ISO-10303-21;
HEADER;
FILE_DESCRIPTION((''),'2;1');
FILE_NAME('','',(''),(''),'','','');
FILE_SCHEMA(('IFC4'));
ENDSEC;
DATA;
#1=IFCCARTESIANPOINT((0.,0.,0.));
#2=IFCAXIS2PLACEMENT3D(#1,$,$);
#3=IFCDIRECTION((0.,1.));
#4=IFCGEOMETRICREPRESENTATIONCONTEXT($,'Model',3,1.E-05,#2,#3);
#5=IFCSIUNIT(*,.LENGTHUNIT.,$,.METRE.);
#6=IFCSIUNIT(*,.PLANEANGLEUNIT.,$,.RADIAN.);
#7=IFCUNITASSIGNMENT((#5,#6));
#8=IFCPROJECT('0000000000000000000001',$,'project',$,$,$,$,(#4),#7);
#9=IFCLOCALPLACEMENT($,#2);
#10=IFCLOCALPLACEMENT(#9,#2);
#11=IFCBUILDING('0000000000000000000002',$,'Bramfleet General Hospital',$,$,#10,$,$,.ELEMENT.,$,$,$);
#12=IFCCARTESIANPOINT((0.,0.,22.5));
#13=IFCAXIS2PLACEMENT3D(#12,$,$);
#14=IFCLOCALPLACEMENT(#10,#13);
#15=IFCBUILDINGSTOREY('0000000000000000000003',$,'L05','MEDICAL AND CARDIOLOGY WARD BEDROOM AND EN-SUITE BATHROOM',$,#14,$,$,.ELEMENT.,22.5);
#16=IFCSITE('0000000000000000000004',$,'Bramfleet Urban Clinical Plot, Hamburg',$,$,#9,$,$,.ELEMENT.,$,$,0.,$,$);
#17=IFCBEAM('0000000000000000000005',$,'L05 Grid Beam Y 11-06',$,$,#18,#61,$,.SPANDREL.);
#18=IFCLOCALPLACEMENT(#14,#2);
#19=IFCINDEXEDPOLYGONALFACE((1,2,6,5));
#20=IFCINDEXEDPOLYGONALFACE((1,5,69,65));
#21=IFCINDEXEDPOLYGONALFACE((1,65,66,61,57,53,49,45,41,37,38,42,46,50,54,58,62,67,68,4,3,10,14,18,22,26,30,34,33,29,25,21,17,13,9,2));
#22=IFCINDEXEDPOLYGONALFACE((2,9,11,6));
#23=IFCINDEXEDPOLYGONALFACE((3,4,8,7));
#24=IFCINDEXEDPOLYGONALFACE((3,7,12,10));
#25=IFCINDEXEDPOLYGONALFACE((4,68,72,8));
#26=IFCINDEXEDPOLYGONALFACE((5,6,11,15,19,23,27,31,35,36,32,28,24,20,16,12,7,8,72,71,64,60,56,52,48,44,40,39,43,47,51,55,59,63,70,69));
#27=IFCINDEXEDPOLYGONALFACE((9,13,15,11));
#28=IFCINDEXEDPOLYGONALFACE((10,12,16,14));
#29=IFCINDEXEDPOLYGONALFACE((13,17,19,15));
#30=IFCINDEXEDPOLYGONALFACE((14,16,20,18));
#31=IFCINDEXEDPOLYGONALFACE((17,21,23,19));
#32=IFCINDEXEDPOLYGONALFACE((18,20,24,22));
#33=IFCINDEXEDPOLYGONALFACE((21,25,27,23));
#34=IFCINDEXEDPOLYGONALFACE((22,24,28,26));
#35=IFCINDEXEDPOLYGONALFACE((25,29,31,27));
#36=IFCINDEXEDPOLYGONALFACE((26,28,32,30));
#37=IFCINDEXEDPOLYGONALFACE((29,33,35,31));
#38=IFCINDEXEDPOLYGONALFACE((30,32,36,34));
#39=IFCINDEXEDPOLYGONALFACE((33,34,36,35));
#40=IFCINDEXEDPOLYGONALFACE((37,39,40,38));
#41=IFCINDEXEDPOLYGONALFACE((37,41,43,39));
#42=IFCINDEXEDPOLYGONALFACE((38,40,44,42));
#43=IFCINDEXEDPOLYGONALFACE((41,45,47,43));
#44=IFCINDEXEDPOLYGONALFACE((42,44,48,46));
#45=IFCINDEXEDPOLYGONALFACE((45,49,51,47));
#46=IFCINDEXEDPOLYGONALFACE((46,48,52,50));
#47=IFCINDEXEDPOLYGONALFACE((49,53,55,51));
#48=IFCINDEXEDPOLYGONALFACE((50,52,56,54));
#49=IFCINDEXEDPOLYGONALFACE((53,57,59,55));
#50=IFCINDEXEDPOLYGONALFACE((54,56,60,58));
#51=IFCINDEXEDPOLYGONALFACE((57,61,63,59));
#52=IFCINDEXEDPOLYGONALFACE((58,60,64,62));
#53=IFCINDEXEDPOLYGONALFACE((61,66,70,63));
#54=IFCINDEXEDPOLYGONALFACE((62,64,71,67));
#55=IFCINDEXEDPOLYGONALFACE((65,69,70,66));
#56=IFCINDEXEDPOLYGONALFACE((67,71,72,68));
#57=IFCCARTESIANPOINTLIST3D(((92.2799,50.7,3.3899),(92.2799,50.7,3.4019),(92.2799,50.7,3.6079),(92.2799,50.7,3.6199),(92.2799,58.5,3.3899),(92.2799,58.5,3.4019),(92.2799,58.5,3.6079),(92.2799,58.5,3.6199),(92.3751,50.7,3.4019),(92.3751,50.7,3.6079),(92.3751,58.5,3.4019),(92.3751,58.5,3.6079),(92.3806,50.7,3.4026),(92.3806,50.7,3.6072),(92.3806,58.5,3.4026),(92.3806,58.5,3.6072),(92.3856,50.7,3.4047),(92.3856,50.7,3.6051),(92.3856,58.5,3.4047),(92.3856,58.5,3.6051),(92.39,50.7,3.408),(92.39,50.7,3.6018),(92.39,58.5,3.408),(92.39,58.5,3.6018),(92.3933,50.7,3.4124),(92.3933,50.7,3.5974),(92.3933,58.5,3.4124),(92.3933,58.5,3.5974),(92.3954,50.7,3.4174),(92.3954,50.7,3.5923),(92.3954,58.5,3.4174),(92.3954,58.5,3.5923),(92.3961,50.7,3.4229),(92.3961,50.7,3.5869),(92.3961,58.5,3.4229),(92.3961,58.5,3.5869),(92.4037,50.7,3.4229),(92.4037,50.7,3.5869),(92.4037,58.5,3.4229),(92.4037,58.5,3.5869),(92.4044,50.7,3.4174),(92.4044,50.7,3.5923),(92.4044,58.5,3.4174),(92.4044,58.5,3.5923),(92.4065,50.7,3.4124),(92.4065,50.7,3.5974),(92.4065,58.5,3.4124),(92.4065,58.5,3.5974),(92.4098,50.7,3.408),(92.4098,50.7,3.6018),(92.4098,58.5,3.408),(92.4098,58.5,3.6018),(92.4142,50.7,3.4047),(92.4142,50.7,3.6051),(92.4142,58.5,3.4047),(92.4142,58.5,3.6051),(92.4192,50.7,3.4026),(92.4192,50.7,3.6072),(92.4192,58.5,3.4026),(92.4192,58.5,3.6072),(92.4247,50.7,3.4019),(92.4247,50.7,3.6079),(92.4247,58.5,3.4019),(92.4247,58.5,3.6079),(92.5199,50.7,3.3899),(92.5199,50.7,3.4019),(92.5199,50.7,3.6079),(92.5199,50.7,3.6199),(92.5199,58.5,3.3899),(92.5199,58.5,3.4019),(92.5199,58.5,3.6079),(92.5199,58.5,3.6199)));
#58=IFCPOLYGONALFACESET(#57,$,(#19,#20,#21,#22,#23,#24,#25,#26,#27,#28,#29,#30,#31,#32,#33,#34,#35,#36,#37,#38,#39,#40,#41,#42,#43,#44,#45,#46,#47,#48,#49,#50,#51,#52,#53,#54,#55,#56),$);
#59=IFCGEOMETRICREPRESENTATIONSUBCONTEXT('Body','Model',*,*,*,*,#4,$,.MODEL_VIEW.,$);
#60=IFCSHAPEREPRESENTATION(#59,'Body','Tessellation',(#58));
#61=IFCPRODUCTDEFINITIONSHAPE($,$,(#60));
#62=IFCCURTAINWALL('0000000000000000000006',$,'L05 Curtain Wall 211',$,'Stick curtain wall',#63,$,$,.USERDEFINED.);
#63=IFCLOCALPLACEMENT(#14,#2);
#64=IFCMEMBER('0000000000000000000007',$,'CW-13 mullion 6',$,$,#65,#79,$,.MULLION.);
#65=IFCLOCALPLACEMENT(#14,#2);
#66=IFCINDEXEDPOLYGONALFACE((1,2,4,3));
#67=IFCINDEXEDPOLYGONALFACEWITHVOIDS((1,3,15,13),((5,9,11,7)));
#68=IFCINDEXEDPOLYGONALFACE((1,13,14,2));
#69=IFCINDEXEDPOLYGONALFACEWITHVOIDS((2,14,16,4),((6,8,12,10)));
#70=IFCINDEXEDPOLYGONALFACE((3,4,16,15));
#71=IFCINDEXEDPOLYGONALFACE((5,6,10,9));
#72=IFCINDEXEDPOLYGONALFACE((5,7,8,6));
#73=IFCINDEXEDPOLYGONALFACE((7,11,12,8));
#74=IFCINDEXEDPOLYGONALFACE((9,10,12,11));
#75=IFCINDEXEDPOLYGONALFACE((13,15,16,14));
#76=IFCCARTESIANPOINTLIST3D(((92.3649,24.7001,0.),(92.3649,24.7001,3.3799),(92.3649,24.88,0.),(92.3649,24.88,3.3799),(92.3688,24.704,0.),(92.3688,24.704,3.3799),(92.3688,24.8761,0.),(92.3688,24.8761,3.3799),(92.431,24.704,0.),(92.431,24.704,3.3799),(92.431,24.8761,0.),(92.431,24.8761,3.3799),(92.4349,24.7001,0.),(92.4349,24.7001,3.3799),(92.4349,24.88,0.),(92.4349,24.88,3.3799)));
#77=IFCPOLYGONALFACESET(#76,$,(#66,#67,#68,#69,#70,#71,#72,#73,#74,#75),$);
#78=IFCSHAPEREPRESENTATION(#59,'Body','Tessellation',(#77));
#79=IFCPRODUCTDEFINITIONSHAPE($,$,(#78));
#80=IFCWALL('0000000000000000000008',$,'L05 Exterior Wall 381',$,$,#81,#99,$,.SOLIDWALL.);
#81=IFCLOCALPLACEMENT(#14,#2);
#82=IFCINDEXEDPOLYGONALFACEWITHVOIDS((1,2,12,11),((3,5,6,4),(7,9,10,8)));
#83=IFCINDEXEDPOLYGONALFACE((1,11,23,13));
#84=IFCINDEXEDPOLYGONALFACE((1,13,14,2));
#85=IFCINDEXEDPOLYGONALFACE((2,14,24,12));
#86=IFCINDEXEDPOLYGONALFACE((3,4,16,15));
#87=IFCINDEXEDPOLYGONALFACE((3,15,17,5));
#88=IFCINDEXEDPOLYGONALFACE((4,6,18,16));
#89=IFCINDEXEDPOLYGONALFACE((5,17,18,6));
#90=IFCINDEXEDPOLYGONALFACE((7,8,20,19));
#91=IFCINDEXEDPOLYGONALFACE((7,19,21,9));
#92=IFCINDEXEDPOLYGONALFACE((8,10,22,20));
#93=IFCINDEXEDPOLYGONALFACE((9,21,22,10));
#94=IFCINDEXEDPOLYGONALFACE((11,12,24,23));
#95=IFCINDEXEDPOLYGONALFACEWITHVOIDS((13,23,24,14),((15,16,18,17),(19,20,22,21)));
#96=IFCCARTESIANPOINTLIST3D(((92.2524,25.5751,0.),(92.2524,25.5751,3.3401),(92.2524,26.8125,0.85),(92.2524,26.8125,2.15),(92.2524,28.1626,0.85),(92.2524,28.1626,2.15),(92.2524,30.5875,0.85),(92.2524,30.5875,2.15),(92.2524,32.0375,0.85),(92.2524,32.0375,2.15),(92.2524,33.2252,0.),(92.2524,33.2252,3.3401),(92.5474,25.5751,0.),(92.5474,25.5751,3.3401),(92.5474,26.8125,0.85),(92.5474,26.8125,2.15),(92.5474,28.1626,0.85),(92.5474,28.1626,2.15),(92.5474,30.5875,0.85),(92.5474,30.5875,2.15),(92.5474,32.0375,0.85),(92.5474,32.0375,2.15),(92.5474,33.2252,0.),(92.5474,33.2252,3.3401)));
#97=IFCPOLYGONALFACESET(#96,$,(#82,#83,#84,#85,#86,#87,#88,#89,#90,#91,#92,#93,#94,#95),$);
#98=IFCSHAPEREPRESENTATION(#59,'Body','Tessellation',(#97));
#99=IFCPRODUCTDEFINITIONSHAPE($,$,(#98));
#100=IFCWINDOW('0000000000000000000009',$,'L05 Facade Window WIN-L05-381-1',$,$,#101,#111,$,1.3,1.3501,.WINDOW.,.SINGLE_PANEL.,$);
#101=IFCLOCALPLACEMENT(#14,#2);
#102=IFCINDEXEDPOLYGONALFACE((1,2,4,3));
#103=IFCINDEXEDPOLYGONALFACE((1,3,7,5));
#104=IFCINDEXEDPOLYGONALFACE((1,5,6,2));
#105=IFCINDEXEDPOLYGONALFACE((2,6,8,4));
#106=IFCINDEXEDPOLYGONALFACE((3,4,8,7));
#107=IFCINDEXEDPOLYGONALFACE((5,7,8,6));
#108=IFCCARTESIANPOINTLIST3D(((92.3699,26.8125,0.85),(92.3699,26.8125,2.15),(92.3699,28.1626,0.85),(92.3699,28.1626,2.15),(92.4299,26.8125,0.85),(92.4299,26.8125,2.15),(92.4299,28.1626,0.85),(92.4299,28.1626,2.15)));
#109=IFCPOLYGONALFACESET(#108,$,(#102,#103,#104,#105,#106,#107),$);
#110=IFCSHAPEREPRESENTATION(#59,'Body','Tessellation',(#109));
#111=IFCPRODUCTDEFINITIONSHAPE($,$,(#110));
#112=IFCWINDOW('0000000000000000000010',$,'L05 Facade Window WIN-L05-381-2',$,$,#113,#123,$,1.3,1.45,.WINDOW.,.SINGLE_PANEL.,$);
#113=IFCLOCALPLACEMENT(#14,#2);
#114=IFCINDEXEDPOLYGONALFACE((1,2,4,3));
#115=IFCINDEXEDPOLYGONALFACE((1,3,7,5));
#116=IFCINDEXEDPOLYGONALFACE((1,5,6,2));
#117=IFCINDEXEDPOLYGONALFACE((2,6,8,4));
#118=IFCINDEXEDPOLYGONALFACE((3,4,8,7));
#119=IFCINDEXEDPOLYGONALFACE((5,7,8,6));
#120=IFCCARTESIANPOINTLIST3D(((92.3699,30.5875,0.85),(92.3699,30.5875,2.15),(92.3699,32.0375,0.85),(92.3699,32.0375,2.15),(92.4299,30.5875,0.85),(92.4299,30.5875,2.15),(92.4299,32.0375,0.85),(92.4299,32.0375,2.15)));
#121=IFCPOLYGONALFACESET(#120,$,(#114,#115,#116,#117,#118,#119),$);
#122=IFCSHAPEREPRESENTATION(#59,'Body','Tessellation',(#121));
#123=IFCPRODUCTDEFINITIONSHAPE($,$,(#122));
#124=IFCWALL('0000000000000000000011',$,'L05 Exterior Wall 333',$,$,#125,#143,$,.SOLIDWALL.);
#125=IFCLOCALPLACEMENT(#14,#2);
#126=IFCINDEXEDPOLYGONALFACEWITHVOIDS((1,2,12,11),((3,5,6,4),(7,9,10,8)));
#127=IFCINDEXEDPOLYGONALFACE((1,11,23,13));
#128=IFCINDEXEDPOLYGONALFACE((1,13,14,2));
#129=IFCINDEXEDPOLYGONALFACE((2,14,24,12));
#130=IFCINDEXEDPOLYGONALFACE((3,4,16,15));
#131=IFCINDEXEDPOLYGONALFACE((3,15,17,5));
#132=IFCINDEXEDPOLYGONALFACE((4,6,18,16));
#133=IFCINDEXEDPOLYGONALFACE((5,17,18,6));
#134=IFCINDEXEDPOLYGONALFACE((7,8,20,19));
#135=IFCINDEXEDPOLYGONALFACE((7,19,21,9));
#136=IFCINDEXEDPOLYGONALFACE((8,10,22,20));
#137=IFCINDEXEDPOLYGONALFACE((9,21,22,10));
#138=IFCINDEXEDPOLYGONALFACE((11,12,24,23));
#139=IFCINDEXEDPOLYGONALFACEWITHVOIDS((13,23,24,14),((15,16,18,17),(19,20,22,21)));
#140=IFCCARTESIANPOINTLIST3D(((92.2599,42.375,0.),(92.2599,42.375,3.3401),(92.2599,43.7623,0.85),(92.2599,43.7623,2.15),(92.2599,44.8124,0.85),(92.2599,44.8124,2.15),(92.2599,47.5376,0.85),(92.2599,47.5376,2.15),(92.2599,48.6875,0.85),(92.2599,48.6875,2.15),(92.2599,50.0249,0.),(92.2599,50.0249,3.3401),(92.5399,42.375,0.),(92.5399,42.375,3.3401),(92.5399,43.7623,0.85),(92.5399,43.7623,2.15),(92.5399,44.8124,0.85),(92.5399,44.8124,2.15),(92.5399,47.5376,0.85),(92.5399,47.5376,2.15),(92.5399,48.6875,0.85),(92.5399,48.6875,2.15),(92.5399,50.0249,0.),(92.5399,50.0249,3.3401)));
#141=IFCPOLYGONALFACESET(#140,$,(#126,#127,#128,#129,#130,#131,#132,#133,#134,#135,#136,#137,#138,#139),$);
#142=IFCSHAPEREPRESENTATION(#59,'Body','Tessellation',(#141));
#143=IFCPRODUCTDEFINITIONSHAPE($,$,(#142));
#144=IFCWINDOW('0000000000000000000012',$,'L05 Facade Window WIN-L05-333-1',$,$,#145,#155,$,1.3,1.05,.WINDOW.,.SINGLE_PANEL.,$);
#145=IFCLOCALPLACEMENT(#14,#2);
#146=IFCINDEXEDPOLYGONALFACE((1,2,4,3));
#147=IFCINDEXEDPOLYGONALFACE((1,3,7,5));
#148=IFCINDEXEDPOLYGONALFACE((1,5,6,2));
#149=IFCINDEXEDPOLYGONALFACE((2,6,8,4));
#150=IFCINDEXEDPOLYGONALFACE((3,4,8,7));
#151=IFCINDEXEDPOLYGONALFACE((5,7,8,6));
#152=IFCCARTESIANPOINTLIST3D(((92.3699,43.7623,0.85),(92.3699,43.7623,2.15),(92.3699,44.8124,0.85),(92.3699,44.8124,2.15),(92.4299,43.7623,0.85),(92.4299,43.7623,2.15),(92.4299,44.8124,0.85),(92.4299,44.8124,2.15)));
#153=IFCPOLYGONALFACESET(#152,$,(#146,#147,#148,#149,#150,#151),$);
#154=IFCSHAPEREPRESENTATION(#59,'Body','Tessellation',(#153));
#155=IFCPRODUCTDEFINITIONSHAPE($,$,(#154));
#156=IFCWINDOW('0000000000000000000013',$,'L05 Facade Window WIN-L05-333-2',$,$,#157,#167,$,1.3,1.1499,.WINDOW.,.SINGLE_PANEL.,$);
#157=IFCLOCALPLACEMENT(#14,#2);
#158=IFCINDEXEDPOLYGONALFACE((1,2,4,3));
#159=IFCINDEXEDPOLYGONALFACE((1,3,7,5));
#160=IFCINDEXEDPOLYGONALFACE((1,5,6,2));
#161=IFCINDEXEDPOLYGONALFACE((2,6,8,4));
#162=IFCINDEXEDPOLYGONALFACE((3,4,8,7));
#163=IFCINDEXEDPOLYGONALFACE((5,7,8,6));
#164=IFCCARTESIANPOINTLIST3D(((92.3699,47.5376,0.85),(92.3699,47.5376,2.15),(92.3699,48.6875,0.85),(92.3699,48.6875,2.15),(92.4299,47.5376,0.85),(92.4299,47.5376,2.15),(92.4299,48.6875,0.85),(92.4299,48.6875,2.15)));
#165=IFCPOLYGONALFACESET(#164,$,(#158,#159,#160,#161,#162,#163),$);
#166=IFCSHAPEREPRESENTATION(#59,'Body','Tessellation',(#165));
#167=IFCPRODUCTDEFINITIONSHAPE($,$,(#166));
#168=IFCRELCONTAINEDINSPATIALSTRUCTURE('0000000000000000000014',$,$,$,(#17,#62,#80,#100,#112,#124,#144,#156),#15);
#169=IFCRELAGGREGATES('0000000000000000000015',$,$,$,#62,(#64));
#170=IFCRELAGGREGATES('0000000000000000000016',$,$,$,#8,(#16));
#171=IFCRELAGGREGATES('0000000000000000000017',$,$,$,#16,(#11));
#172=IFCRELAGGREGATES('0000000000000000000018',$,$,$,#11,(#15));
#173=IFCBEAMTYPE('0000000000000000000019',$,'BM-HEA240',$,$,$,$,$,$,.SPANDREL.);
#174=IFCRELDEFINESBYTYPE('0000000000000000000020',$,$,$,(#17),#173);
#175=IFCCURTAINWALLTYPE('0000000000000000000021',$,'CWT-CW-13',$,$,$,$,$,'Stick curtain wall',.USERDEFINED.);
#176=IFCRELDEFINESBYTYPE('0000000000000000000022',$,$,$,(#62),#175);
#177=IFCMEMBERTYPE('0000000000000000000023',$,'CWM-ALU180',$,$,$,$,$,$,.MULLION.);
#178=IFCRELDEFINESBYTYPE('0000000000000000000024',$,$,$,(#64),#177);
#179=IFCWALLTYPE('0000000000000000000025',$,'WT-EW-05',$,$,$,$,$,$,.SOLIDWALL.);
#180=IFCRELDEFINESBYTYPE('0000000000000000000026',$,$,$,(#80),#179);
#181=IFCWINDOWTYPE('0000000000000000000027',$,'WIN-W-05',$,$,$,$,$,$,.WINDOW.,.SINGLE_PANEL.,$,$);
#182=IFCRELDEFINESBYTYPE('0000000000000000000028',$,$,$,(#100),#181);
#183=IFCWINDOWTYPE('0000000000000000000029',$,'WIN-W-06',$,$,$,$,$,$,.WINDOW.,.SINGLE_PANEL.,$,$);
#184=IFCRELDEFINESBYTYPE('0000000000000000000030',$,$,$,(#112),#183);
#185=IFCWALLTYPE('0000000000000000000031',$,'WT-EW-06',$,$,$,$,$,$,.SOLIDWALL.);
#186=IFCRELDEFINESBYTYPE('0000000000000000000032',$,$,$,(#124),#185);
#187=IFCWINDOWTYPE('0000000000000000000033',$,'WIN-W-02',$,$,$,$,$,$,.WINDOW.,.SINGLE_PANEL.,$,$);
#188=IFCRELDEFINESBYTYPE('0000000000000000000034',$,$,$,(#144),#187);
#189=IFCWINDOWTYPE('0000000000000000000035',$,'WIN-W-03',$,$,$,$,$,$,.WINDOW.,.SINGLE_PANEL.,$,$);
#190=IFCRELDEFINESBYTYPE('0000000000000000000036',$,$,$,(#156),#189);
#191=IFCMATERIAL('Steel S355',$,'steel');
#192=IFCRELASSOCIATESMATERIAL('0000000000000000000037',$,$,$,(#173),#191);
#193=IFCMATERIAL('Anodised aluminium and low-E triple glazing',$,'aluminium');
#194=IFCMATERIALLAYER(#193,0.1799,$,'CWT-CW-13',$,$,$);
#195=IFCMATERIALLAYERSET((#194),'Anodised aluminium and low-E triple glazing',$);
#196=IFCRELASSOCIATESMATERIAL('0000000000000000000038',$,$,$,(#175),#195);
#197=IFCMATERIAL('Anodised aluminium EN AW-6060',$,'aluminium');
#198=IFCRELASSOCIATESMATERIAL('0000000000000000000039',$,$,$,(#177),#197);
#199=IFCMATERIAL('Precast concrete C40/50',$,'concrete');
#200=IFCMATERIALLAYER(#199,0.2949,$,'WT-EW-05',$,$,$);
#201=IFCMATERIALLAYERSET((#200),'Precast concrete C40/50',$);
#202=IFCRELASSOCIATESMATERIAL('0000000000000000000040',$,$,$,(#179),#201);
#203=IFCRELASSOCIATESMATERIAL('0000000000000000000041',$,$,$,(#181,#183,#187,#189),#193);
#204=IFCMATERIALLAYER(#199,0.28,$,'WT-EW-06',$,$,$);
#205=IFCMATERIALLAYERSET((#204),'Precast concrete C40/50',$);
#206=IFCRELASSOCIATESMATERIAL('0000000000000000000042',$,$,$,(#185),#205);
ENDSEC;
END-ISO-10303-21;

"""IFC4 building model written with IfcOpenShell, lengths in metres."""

from ifc_helpers import new_model, si_unit, direction, frame, frame_2d, origin, origin_2d, place, context, subcontext, project, spatial, rectangle, hollow_rectangle, i_section, extrude, material, layer, layer_set, material_profile, profile_set, type_object, element, fill, aggregate, save


model = new_model("IFC4")

# Units and contexts
model_context = context("Model", 3, precision=1e-05, world=origin(), true_north=direction((0.0, 1.0)))
body_context = subcontext(model_context, "Body", "Model", "MODEL_VIEW")
ifc_project = project(units=[si_unit("LENGTHUNIT", "METRE"), si_unit("PLANEANGLEUNIT", "RADIAN")], contexts=[model_context])

# Site, building, storey
site_placement = place(None, origin())
site = spatial("IfcSite", under=ifc_project, at=site_placement, Name="Bramfleet Urban Clinical Plot, Hamburg", CompositionType="ELEMENT", RefElevation=0.0)
building_placement = place(site_placement, origin())
building = spatial("IfcBuilding", under=site, at=building_placement, Name="Bramfleet General Hospital", CompositionType="ELEMENT")
storey_placement = place(building_placement, frame((0.0, 0.0, 22.5)))
storey = spatial("IfcBuildingStorey", under=building, at=storey_placement, Name="L05", Description="MEDICAL AND CARDIOLOGY WARD BEDROOM AND EN-SUITE BATHROOM", CompositionType="ELEMENT", Elevation=22.5)

# Beam
ifc_material_1 = material(Name="Steel S355", Category="steel")
ifc_material_profile_1 = material_profile(ifc_material_1, i_section(OverallWidth=0.24, OverallDepth=0.23, WebThickness=0.0076, FlangeThickness=0.012, FilletRadius=0.021, at=origin_2d()), Name="HEA 240")
ifc_profile_set_1 = profile_set([ifc_material_profile_1], Name="Steel S355")
beam_type = type_object("IfcBeamType", Name="BM-HEA240", PredefinedType="SPANDREL", material=ifc_profile_set_1)
for number, where, z_axis, x_axis, name in (
    (1, (92.3999, 50.7, 3.5049), (0.0, 1.0, 0.0), (-1.0, 0.0, 0.0), "L05 Grid Beam Y 11-06"),
):
    element("IfcBeam", number, at=place(storey_placement, frame(where, z_axis=z_axis, x_axis=x_axis)), inside=storey, type_object=beam_type, Name=name, PredefinedType="SPANDREL", context=body_context, shape_type="SweptSolid", body=[
        extrude(i_section(OverallWidth=0.24, OverallDepth=0.23, WebThickness=0.0076, FlangeThickness=0.012, FilletRadius=0.021, at=origin_2d()), origin(), (0.0, 0.0, 1.0), 7.8),
    ])

# Curtain wall, member
ifc_material_2 = material(Name="Anodised aluminium and low-E triple glazing", Category="aluminium")
ifc_layer_1 = layer(ifc_material_2, 0.1799, Name="CWT-CW-13")
ifc_layer_set_1 = layer_set([ifc_layer_1], Name="Anodised aluminium and low-E triple glazing")
curtain_wall_type = type_object("IfcCurtainWallType", Name="CWT-CW-13", ElementType="Stick curtain wall", PredefinedType="USERDEFINED", material=ifc_layer_set_1)
curtain_wall_placement = place(storey_placement, origin())
curtain_wall = element("IfcCurtainWall", 2, at=curtain_wall_placement, inside=storey, type_object=curtain_wall_type, Name="L05 Curtain Wall 211", ObjectType="Stick curtain wall", PredefinedType="USERDEFINED")
ifc_material_3 = material(Name="Anodised aluminium EN AW-6060", Category="aluminium")
ifc_material_profile_2 = material_profile(ifc_material_3, hollow_rectangle(XDim=0.0701, YDim=0.1799, WallThickness=0.0039, at=origin_2d()), Name="ALU 180x70x4.0")
ifc_profile_set_2 = profile_set([ifc_material_profile_2], Name="Anodised aluminium EN AW-6060")
member_type = type_object("IfcMemberType", Name="CWM-ALU180", PredefinedType="MULLION", material=ifc_profile_set_2)
member_placement = place(storey_placement, frame((92.3999, 24.79, 0.0), z_axis=(0.0, 0.0, 1.0), x_axis=(-1.0, 0.0, 0.0)))
member = element("IfcMember", 3, at=member_placement, type_object=member_type, Name="CW-13 mullion 6", PredefinedType="MULLION", context=body_context, shape_type="SweptSolid", body=[
    extrude(hollow_rectangle(XDim=0.0701, YDim=0.1799, WallThickness=0.0039, at=origin_2d()), origin(), (0.0, 0.0, 1.0), 3.3799),
])
aggregate(curtain_wall, [member])

# Walls, openings, windows
ifc_material_4 = material(Name="Precast concrete C40/50", Category="concrete")
ifc_layer_2 = layer(ifc_material_4, 0.2949, Name="WT-EW-05")
ifc_layer_set_2 = layer_set([ifc_layer_2], Name="Precast concrete C40/50")
wall_type_1 = type_object("IfcWallType", Name="WT-EW-05", PredefinedType="SOLIDWALL", material=ifc_layer_set_2)
wall_1_placement = place(storey_placement, frame((92.3999, 25.575, 0.0), z_axis=(0.0, 0.0, 1.0), x_axis=(0.0, 1.0, 0.0)))
wall_1 = element("IfcWall", 4, at=wall_1_placement, inside=storey, type_object=wall_type_1, Name="L05 Exterior Wall 381", PredefinedType="SOLIDWALL", context=body_context, shape_type="SweptSolid", body=[
    extrude(rectangle(XDim=7.6501, YDim=0.2949, at=frame_2d((3.8252, 0.0))), origin(), (0.0, 0.0, 1.0), 3.3401),
])
opening_1_placement = place(wall_1_placement, frame((1.2375, 0.0, 0.8501)))
opening_1 = element("IfcOpeningElement", 5, at=opening_1_placement, cuts=wall_1, PredefinedType="OPENING", context=body_context, shape_type="SweptSolid", body=[
    extrude(rectangle(XDim=1.3501, YDim=1.3, at=frame_2d((0.675, 0.6499))), frame((0.0, 0.1575, 0.0), z_axis=(0.0, -1.0, 0.0), x_axis=(1.0, 0.0, 0.0)), (0.0, 0.0, 1.0), 0.3149),
])
opening_2_placement = place(wall_1_placement, frame((5.0125, 0.0, 0.8501)))
opening_2 = element("IfcOpeningElement", 6, at=opening_2_placement, cuts=wall_1, PredefinedType="OPENING", context=body_context, shape_type="SweptSolid", body=[
    extrude(rectangle(XDim=1.45, YDim=1.3, at=frame_2d((0.7251, 0.6499))), frame((0.0, 0.1575, 0.0), z_axis=(0.0, -1.0, 0.0), x_axis=(1.0, 0.0, 0.0)), (0.0, 0.0, 1.0), 0.3149),
])
window_type_1 = type_object("IfcWindowType", Name="WIN-W-05", PartitioningType="SINGLE_PANEL", PredefinedType="WINDOW", material=ifc_material_2)
window_1_placement = place(opening_1_placement, origin())
window_1 = element("IfcWindow", 7, at=window_1_placement, inside=storey, type_object=window_type_1, Name="L05 Facade Window WIN-L05-381-1", OverallHeight=1.3, OverallWidth=1.3501, PartitioningType="SINGLE_PANEL", PredefinedType="WINDOW", context=body_context, shape_type="SweptSolid", body=[
    extrude(rectangle(XDim=1.3501, YDim=1.3, at=frame_2d((0.675, 0.6499))), frame((0.0, 0.03, 0.0), z_axis=(0.0, -1.0, 0.0), x_axis=(1.0, 0.0, 0.0)), (0.0, 0.0, 1.0), 0.0601),
])
fill(opening_1, window_1)
window_type_2 = type_object("IfcWindowType", Name="WIN-W-06", PartitioningType="SINGLE_PANEL", PredefinedType="WINDOW", material=ifc_material_2)
window_2_placement = place(opening_2_placement, origin())
window_2 = element("IfcWindow", 8, at=window_2_placement, inside=storey, type_object=window_type_2, Name="L05 Facade Window WIN-L05-381-2", OverallHeight=1.3, OverallWidth=1.45, PartitioningType="SINGLE_PANEL", PredefinedType="WINDOW", context=body_context, shape_type="SweptSolid", body=[
    extrude(rectangle(XDim=1.45, YDim=1.3, at=frame_2d((0.7251, 0.6499))), frame((0.0, 0.03, 0.0), z_axis=(0.0, -1.0, 0.0), x_axis=(1.0, 0.0, 0.0)), (0.0, 0.0, 1.0), 0.0601),
])
fill(opening_2, window_2)
ifc_layer_3 = layer(ifc_material_4, 0.28, Name="WT-EW-06")
ifc_layer_set_3 = layer_set([ifc_layer_3], Name="Precast concrete C40/50")
wall_type_2 = type_object("IfcWallType", Name="WT-EW-06", PredefinedType="SOLIDWALL", material=ifc_layer_set_3)
wall_2_placement = place(storey_placement, frame((92.3999, 42.375, 0.0), z_axis=(0.0, 0.0, 1.0), x_axis=(0.0, 1.0, 0.0)))
wall_2 = element("IfcWall", 9, at=wall_2_placement, inside=storey, type_object=wall_type_2, Name="L05 Exterior Wall 333", PredefinedType="SOLIDWALL", context=body_context, shape_type="SweptSolid", body=[
    extrude(rectangle(XDim=7.6499, YDim=0.28, at=frame_2d((3.825, 0.0))), origin(), (0.0, 0.0, 1.0), 3.3401),
])
opening_3_placement = place(wall_2_placement, frame((1.3875, 0.0, 0.8501)))
opening_3 = element("IfcOpeningElement", 10, at=opening_3_placement, cuts=wall_2, PredefinedType="OPENING", context=body_context, shape_type="SweptSolid", body=[
    extrude(rectangle(XDim=1.05, YDim=1.3, at=frame_2d((0.5249, 0.6499))), frame((0.0, 0.1499, 0.0), z_axis=(0.0, -1.0, 0.0), x_axis=(1.0, 0.0, 0.0)), (0.0, 0.0, 1.0), 0.3),
])
opening_4_placement = place(wall_2_placement, frame((5.1626, 0.0, 0.8501)))
opening_4 = element("IfcOpeningElement", 11, at=opening_4_placement, cuts=wall_2, PredefinedType="OPENING", context=body_context, shape_type="SweptSolid", body=[
    extrude(rectangle(XDim=1.1499, YDim=1.3, at=frame_2d((0.575, 0.6499))), frame((0.0, 0.1499, 0.0), z_axis=(0.0, -1.0, 0.0), x_axis=(1.0, 0.0, 0.0)), (0.0, 0.0, 1.0), 0.3),
])
window_type_3 = type_object("IfcWindowType", Name="WIN-W-02", PartitioningType="SINGLE_PANEL", PredefinedType="WINDOW", material=ifc_material_2)
window_3_placement = place(opening_3_placement, origin())
window_3 = element("IfcWindow", 12, at=window_3_placement, inside=storey, type_object=window_type_3, Name="L05 Facade Window WIN-L05-333-1", OverallHeight=1.3, OverallWidth=1.05, PartitioningType="SINGLE_PANEL", PredefinedType="WINDOW", context=body_context, shape_type="SweptSolid", body=[
    extrude(rectangle(XDim=1.05, YDim=1.3, at=frame_2d((0.5249, 0.6499))), frame((0.0, 0.03, 0.0), z_axis=(0.0, -1.0, 0.0), x_axis=(1.0, 0.0, 0.0)), (0.0, 0.0, 1.0), 0.0601),
])
fill(opening_3, window_3)
window_type_4 = type_object("IfcWindowType", Name="WIN-W-03", PartitioningType="SINGLE_PANEL", PredefinedType="WINDOW", material=ifc_material_2)
window_4_placement = place(opening_4_placement, origin())
window_4 = element("IfcWindow", 13, at=window_4_placement, inside=storey, type_object=window_type_4, Name="L05 Facade Window WIN-L05-333-2", OverallHeight=1.3, OverallWidth=1.1499, PartitioningType="SINGLE_PANEL", PredefinedType="WINDOW", context=body_context, shape_type="SweptSolid", body=[
    extrude(rectangle(XDim=1.1499, YDim=1.3, at=frame_2d((0.575, 0.6499))), frame((0.0, 0.03, 0.0), z_axis=(0.0, -1.0, 0.0), x_axis=(1.0, 0.0, 0.0)), (0.0, 0.0, 1.0), 0.0601),
])
fill(opening_4, window_4)

save(model, "model.ifc")
